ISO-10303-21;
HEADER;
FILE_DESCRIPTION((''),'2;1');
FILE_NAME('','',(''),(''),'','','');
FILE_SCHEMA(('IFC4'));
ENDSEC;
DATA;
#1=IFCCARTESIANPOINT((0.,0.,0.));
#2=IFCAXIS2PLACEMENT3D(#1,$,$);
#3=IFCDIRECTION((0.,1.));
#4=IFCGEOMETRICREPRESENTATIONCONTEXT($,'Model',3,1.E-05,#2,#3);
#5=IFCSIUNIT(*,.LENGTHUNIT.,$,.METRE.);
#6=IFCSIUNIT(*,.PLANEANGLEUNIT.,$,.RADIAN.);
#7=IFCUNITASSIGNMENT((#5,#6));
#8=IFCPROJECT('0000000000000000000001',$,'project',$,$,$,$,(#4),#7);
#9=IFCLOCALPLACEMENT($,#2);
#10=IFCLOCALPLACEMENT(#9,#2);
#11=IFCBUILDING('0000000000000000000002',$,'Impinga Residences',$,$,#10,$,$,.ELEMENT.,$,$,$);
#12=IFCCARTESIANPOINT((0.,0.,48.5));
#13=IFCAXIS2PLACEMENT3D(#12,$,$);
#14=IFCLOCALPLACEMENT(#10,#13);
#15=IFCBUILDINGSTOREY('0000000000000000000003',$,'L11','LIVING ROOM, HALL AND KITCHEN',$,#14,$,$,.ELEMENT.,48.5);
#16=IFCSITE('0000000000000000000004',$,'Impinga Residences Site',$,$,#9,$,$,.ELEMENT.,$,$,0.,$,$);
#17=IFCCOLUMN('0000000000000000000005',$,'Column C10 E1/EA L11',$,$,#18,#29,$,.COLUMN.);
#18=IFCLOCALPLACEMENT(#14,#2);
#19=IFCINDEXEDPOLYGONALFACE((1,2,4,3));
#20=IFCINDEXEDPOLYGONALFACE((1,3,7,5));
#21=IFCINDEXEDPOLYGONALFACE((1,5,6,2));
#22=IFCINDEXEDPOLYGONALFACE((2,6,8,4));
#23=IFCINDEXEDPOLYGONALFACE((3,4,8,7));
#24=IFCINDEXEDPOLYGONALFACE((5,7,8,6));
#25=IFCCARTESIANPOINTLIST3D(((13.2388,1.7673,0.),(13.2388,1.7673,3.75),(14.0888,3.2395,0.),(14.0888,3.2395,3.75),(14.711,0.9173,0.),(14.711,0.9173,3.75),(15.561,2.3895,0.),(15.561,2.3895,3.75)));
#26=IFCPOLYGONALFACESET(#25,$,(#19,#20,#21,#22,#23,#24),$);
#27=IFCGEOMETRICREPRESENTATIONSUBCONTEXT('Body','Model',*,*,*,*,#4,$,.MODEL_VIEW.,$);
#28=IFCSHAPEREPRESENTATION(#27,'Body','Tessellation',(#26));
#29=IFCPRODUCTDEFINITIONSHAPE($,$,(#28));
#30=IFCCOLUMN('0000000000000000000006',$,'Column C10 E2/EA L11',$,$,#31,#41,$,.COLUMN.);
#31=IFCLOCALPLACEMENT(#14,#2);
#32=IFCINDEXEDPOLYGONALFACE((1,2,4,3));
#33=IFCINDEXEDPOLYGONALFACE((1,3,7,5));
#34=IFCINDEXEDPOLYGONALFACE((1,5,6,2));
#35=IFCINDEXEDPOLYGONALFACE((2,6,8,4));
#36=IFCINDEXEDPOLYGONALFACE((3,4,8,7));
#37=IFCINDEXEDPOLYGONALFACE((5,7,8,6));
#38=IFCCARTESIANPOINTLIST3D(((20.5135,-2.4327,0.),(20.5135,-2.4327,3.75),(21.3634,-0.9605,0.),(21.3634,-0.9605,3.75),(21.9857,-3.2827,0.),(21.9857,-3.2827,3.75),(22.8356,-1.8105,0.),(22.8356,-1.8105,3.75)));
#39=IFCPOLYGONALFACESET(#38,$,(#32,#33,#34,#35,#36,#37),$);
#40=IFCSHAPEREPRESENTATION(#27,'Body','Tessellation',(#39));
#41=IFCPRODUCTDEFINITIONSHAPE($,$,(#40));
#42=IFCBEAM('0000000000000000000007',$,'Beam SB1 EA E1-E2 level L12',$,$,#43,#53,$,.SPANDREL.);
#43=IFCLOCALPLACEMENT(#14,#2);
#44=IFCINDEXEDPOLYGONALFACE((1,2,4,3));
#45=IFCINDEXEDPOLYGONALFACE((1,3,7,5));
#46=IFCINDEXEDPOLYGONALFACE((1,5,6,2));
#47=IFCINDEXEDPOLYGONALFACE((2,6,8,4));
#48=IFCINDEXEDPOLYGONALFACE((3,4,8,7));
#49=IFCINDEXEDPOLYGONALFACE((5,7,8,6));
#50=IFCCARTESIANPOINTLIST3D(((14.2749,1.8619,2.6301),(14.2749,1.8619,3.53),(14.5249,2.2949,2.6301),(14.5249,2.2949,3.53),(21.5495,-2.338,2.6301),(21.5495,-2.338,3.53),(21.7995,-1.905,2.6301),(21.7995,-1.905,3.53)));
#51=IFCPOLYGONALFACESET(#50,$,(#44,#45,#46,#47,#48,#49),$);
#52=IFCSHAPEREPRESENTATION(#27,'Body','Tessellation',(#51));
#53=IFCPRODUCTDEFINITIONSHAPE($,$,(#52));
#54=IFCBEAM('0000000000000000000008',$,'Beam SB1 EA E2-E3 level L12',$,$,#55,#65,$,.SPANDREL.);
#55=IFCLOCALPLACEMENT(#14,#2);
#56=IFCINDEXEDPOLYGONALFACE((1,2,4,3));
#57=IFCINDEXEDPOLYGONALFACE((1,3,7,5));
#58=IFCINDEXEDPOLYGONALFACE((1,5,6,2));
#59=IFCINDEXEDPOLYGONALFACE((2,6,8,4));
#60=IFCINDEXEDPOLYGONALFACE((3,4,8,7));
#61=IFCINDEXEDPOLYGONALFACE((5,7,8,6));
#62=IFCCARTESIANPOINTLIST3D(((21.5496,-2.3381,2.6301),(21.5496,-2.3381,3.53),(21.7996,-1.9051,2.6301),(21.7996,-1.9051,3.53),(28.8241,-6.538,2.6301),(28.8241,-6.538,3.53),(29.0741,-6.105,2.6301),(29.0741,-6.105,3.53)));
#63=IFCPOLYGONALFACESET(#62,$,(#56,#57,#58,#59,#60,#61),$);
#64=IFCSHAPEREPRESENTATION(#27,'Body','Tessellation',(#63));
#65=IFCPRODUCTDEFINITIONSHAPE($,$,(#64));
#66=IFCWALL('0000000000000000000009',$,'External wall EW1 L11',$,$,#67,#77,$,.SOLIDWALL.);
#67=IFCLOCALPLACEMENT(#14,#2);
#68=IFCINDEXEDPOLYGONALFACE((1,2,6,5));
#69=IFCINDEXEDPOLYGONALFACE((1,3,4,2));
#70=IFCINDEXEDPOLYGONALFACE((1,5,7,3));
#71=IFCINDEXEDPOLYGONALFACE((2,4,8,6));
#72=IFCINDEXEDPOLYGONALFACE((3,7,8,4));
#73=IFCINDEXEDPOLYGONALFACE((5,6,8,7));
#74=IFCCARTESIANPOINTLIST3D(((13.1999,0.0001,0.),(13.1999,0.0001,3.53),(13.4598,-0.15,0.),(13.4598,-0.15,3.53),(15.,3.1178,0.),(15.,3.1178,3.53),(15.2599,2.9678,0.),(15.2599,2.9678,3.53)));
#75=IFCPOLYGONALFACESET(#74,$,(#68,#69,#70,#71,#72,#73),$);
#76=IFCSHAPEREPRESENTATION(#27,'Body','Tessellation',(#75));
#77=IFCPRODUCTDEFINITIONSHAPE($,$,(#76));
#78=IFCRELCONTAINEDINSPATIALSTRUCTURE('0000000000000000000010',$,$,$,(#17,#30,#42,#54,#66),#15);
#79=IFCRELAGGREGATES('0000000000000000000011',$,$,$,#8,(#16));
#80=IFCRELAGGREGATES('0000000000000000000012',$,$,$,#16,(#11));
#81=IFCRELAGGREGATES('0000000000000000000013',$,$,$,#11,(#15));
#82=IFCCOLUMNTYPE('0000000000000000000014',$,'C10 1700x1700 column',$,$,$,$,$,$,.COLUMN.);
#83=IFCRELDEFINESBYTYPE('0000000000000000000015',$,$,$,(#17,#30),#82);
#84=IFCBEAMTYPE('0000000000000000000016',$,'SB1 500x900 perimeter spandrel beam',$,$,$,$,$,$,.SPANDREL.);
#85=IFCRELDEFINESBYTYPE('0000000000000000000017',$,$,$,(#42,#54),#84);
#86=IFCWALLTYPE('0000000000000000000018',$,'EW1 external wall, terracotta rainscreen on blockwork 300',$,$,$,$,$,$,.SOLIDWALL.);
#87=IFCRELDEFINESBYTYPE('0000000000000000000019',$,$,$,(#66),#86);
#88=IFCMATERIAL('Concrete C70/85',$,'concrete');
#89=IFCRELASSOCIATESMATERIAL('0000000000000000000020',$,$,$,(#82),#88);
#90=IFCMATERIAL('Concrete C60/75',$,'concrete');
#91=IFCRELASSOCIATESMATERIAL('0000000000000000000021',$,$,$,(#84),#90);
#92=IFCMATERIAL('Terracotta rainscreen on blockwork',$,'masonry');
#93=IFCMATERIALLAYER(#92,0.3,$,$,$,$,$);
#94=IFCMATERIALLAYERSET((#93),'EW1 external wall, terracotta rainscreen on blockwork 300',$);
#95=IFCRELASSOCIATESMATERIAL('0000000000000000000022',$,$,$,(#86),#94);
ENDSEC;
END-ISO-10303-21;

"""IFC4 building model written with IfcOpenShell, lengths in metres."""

from ifc_helpers import new_model, si_unit, direction, frame, frame_2d, origin, origin_2d, place, context, subcontext, project, spatial, rectangle, extrude, material, layer, layer_set, material_profile, profile_set, type_object, element, save


model = new_model("IFC4")

# Units and contexts
model_context = context("Model", 3, precision=1e-05, world=origin(), true_north=direction((0.0, 1.0)))
body_context = subcontext(model_context, "Body", "Model", "MODEL_VIEW")
ifc_project = project(units=[si_unit("LENGTHUNIT", "METRE"), si_unit("PLANEANGLEUNIT", "RADIAN")], contexts=[model_context])

# Site, building, storey
site_placement = place(None, origin())
site = spatial("IfcSite", under=ifc_project, at=site_placement, Name="Impinga Residences Site", CompositionType="ELEMENT", RefElevation=0.0)
building_placement = place(site_placement, origin())
building = spatial("IfcBuilding", under=site, at=building_placement, Name="Impinga Residences", CompositionType="ELEMENT")
storey_placement = place(building_placement, frame((0.0, 0.0, 48.5)))
storey = spatial("IfcBuildingStorey", under=building, at=storey_placement, Name="L11", Description="LIVING ROOM, HALL AND KITCHEN", CompositionType="ELEMENT", Elevation=48.5)

# Columns
ifc_material_1 = material(Name="Concrete C70/85", Category="concrete")
ifc_material_profile_1 = material_profile(ifc_material_1, rectangle(XDim=1.7, YDim=1.7, at=origin_2d()), Name="RC 1700x1700")
ifc_profile_set_1 = profile_set([ifc_material_profile_1], Name="Concrete C70/85")
column_type = type_object("IfcColumnType", Name="C10 1700x1700 column", PredefinedType="COLUMN", material=ifc_profile_set_1)
for number, where, z_axis, x_axis, name in (
    (1, (14.3999, 2.0784, 0.0), (0.0, 0.0, 1.0), (-0.5, -0.866025, 0.0), "Column C10 E1/EA L11"),
    (2, (21.6746, -2.1216, 0.0), (0.0, 0.0, 1.0), (-0.5, -0.866025, 0.0), "Column C10 E2/EA L11"),
):
    element("IfcColumn", number, at=place(storey_placement, frame(where, z_axis=z_axis, x_axis=x_axis)), inside=storey, type_object=column_type, Name=name, PredefinedType="COLUMN", context=body_context, shape_type="SweptSolid", body=[
        extrude(rectangle(XDim=1.7, YDim=1.7, at=origin_2d()), origin(), (0.0, 0.0, 1.0), 3.75),
    ])

# Beams
ifc_material_2 = material(Name="Concrete C60/75", Category="concrete")
ifc_material_profile_2 = material_profile(ifc_material_2, rectangle(XDim=0.5, YDim=0.8999, at=origin_2d()), Name="RC 500x900")
ifc_profile_set_2 = profile_set([ifc_material_profile_2], Name="Concrete C60/75")
beam_type = type_object("IfcBeamType", Name="SB1 500x900 perimeter spandrel beam", PredefinedType="SPANDREL", material=ifc_profile_set_2)
for number, where, z_axis, x_axis, name in (
    (3, (14.3999, 2.0784, 3.0801), (0.866029, -0.499993, 0.0), (0.499993, 0.866029, 0.0), "Beam SB1 EA E1-E2 level L12"),
    (4, (21.6746, -2.1216, 3.0801), (0.866029, -0.499993, 0.0), (0.499993, 0.866029, 0.0), "Beam SB1 EA E2-E3 level L12"),
):
    element("IfcBeam", number, at=place(storey_placement, frame(where, z_axis=z_axis, x_axis=x_axis)), inside=storey, type_object=beam_type, Name=name, PredefinedType="SPANDREL", context=body_context, shape_type="SweptSolid", body=[
        extrude(rectangle(XDim=0.5, YDim=0.8999, at=origin_2d()), origin(), (0.0, 0.0, 1.0), 8.3999),
    ])

# Wall
ifc_material_3 = material(Name="Terracotta rainscreen on blockwork", Category="masonry")
ifc_layer_1 = layer(ifc_material_3, 0.3)
ifc_layer_set_1 = layer_set([ifc_layer_1], Name="EW1 external wall, terracotta rainscreen on blockwork 300")
wall_type_1 = type_object("IfcWallType", Name="EW1 external wall, terracotta rainscreen on blockwork 300", PredefinedType="SOLIDWALL", material=ifc_layer_set_1)
wall_1_placement = place(storey_placement, frame((13.3298, -0.075, 0.0), z_axis=(0.0, 0.0, 1.0), x_axis=(0.500012, 0.866018, 0.0)))
element("IfcWall", 5, at=wall_1_placement, inside=storey, type_object=wall_type_1, Name="External wall EW1 L11", PredefinedType="SOLIDWALL", context=body_context, shape_type="SweptSolid", body=[
    extrude(rectangle(XDim=3.6001, YDim=0.3, at=frame_2d((1.8, 0.0))), origin(), (0.0, 0.0, 1.0), 3.53),
])

save(model, "model.ifc")
